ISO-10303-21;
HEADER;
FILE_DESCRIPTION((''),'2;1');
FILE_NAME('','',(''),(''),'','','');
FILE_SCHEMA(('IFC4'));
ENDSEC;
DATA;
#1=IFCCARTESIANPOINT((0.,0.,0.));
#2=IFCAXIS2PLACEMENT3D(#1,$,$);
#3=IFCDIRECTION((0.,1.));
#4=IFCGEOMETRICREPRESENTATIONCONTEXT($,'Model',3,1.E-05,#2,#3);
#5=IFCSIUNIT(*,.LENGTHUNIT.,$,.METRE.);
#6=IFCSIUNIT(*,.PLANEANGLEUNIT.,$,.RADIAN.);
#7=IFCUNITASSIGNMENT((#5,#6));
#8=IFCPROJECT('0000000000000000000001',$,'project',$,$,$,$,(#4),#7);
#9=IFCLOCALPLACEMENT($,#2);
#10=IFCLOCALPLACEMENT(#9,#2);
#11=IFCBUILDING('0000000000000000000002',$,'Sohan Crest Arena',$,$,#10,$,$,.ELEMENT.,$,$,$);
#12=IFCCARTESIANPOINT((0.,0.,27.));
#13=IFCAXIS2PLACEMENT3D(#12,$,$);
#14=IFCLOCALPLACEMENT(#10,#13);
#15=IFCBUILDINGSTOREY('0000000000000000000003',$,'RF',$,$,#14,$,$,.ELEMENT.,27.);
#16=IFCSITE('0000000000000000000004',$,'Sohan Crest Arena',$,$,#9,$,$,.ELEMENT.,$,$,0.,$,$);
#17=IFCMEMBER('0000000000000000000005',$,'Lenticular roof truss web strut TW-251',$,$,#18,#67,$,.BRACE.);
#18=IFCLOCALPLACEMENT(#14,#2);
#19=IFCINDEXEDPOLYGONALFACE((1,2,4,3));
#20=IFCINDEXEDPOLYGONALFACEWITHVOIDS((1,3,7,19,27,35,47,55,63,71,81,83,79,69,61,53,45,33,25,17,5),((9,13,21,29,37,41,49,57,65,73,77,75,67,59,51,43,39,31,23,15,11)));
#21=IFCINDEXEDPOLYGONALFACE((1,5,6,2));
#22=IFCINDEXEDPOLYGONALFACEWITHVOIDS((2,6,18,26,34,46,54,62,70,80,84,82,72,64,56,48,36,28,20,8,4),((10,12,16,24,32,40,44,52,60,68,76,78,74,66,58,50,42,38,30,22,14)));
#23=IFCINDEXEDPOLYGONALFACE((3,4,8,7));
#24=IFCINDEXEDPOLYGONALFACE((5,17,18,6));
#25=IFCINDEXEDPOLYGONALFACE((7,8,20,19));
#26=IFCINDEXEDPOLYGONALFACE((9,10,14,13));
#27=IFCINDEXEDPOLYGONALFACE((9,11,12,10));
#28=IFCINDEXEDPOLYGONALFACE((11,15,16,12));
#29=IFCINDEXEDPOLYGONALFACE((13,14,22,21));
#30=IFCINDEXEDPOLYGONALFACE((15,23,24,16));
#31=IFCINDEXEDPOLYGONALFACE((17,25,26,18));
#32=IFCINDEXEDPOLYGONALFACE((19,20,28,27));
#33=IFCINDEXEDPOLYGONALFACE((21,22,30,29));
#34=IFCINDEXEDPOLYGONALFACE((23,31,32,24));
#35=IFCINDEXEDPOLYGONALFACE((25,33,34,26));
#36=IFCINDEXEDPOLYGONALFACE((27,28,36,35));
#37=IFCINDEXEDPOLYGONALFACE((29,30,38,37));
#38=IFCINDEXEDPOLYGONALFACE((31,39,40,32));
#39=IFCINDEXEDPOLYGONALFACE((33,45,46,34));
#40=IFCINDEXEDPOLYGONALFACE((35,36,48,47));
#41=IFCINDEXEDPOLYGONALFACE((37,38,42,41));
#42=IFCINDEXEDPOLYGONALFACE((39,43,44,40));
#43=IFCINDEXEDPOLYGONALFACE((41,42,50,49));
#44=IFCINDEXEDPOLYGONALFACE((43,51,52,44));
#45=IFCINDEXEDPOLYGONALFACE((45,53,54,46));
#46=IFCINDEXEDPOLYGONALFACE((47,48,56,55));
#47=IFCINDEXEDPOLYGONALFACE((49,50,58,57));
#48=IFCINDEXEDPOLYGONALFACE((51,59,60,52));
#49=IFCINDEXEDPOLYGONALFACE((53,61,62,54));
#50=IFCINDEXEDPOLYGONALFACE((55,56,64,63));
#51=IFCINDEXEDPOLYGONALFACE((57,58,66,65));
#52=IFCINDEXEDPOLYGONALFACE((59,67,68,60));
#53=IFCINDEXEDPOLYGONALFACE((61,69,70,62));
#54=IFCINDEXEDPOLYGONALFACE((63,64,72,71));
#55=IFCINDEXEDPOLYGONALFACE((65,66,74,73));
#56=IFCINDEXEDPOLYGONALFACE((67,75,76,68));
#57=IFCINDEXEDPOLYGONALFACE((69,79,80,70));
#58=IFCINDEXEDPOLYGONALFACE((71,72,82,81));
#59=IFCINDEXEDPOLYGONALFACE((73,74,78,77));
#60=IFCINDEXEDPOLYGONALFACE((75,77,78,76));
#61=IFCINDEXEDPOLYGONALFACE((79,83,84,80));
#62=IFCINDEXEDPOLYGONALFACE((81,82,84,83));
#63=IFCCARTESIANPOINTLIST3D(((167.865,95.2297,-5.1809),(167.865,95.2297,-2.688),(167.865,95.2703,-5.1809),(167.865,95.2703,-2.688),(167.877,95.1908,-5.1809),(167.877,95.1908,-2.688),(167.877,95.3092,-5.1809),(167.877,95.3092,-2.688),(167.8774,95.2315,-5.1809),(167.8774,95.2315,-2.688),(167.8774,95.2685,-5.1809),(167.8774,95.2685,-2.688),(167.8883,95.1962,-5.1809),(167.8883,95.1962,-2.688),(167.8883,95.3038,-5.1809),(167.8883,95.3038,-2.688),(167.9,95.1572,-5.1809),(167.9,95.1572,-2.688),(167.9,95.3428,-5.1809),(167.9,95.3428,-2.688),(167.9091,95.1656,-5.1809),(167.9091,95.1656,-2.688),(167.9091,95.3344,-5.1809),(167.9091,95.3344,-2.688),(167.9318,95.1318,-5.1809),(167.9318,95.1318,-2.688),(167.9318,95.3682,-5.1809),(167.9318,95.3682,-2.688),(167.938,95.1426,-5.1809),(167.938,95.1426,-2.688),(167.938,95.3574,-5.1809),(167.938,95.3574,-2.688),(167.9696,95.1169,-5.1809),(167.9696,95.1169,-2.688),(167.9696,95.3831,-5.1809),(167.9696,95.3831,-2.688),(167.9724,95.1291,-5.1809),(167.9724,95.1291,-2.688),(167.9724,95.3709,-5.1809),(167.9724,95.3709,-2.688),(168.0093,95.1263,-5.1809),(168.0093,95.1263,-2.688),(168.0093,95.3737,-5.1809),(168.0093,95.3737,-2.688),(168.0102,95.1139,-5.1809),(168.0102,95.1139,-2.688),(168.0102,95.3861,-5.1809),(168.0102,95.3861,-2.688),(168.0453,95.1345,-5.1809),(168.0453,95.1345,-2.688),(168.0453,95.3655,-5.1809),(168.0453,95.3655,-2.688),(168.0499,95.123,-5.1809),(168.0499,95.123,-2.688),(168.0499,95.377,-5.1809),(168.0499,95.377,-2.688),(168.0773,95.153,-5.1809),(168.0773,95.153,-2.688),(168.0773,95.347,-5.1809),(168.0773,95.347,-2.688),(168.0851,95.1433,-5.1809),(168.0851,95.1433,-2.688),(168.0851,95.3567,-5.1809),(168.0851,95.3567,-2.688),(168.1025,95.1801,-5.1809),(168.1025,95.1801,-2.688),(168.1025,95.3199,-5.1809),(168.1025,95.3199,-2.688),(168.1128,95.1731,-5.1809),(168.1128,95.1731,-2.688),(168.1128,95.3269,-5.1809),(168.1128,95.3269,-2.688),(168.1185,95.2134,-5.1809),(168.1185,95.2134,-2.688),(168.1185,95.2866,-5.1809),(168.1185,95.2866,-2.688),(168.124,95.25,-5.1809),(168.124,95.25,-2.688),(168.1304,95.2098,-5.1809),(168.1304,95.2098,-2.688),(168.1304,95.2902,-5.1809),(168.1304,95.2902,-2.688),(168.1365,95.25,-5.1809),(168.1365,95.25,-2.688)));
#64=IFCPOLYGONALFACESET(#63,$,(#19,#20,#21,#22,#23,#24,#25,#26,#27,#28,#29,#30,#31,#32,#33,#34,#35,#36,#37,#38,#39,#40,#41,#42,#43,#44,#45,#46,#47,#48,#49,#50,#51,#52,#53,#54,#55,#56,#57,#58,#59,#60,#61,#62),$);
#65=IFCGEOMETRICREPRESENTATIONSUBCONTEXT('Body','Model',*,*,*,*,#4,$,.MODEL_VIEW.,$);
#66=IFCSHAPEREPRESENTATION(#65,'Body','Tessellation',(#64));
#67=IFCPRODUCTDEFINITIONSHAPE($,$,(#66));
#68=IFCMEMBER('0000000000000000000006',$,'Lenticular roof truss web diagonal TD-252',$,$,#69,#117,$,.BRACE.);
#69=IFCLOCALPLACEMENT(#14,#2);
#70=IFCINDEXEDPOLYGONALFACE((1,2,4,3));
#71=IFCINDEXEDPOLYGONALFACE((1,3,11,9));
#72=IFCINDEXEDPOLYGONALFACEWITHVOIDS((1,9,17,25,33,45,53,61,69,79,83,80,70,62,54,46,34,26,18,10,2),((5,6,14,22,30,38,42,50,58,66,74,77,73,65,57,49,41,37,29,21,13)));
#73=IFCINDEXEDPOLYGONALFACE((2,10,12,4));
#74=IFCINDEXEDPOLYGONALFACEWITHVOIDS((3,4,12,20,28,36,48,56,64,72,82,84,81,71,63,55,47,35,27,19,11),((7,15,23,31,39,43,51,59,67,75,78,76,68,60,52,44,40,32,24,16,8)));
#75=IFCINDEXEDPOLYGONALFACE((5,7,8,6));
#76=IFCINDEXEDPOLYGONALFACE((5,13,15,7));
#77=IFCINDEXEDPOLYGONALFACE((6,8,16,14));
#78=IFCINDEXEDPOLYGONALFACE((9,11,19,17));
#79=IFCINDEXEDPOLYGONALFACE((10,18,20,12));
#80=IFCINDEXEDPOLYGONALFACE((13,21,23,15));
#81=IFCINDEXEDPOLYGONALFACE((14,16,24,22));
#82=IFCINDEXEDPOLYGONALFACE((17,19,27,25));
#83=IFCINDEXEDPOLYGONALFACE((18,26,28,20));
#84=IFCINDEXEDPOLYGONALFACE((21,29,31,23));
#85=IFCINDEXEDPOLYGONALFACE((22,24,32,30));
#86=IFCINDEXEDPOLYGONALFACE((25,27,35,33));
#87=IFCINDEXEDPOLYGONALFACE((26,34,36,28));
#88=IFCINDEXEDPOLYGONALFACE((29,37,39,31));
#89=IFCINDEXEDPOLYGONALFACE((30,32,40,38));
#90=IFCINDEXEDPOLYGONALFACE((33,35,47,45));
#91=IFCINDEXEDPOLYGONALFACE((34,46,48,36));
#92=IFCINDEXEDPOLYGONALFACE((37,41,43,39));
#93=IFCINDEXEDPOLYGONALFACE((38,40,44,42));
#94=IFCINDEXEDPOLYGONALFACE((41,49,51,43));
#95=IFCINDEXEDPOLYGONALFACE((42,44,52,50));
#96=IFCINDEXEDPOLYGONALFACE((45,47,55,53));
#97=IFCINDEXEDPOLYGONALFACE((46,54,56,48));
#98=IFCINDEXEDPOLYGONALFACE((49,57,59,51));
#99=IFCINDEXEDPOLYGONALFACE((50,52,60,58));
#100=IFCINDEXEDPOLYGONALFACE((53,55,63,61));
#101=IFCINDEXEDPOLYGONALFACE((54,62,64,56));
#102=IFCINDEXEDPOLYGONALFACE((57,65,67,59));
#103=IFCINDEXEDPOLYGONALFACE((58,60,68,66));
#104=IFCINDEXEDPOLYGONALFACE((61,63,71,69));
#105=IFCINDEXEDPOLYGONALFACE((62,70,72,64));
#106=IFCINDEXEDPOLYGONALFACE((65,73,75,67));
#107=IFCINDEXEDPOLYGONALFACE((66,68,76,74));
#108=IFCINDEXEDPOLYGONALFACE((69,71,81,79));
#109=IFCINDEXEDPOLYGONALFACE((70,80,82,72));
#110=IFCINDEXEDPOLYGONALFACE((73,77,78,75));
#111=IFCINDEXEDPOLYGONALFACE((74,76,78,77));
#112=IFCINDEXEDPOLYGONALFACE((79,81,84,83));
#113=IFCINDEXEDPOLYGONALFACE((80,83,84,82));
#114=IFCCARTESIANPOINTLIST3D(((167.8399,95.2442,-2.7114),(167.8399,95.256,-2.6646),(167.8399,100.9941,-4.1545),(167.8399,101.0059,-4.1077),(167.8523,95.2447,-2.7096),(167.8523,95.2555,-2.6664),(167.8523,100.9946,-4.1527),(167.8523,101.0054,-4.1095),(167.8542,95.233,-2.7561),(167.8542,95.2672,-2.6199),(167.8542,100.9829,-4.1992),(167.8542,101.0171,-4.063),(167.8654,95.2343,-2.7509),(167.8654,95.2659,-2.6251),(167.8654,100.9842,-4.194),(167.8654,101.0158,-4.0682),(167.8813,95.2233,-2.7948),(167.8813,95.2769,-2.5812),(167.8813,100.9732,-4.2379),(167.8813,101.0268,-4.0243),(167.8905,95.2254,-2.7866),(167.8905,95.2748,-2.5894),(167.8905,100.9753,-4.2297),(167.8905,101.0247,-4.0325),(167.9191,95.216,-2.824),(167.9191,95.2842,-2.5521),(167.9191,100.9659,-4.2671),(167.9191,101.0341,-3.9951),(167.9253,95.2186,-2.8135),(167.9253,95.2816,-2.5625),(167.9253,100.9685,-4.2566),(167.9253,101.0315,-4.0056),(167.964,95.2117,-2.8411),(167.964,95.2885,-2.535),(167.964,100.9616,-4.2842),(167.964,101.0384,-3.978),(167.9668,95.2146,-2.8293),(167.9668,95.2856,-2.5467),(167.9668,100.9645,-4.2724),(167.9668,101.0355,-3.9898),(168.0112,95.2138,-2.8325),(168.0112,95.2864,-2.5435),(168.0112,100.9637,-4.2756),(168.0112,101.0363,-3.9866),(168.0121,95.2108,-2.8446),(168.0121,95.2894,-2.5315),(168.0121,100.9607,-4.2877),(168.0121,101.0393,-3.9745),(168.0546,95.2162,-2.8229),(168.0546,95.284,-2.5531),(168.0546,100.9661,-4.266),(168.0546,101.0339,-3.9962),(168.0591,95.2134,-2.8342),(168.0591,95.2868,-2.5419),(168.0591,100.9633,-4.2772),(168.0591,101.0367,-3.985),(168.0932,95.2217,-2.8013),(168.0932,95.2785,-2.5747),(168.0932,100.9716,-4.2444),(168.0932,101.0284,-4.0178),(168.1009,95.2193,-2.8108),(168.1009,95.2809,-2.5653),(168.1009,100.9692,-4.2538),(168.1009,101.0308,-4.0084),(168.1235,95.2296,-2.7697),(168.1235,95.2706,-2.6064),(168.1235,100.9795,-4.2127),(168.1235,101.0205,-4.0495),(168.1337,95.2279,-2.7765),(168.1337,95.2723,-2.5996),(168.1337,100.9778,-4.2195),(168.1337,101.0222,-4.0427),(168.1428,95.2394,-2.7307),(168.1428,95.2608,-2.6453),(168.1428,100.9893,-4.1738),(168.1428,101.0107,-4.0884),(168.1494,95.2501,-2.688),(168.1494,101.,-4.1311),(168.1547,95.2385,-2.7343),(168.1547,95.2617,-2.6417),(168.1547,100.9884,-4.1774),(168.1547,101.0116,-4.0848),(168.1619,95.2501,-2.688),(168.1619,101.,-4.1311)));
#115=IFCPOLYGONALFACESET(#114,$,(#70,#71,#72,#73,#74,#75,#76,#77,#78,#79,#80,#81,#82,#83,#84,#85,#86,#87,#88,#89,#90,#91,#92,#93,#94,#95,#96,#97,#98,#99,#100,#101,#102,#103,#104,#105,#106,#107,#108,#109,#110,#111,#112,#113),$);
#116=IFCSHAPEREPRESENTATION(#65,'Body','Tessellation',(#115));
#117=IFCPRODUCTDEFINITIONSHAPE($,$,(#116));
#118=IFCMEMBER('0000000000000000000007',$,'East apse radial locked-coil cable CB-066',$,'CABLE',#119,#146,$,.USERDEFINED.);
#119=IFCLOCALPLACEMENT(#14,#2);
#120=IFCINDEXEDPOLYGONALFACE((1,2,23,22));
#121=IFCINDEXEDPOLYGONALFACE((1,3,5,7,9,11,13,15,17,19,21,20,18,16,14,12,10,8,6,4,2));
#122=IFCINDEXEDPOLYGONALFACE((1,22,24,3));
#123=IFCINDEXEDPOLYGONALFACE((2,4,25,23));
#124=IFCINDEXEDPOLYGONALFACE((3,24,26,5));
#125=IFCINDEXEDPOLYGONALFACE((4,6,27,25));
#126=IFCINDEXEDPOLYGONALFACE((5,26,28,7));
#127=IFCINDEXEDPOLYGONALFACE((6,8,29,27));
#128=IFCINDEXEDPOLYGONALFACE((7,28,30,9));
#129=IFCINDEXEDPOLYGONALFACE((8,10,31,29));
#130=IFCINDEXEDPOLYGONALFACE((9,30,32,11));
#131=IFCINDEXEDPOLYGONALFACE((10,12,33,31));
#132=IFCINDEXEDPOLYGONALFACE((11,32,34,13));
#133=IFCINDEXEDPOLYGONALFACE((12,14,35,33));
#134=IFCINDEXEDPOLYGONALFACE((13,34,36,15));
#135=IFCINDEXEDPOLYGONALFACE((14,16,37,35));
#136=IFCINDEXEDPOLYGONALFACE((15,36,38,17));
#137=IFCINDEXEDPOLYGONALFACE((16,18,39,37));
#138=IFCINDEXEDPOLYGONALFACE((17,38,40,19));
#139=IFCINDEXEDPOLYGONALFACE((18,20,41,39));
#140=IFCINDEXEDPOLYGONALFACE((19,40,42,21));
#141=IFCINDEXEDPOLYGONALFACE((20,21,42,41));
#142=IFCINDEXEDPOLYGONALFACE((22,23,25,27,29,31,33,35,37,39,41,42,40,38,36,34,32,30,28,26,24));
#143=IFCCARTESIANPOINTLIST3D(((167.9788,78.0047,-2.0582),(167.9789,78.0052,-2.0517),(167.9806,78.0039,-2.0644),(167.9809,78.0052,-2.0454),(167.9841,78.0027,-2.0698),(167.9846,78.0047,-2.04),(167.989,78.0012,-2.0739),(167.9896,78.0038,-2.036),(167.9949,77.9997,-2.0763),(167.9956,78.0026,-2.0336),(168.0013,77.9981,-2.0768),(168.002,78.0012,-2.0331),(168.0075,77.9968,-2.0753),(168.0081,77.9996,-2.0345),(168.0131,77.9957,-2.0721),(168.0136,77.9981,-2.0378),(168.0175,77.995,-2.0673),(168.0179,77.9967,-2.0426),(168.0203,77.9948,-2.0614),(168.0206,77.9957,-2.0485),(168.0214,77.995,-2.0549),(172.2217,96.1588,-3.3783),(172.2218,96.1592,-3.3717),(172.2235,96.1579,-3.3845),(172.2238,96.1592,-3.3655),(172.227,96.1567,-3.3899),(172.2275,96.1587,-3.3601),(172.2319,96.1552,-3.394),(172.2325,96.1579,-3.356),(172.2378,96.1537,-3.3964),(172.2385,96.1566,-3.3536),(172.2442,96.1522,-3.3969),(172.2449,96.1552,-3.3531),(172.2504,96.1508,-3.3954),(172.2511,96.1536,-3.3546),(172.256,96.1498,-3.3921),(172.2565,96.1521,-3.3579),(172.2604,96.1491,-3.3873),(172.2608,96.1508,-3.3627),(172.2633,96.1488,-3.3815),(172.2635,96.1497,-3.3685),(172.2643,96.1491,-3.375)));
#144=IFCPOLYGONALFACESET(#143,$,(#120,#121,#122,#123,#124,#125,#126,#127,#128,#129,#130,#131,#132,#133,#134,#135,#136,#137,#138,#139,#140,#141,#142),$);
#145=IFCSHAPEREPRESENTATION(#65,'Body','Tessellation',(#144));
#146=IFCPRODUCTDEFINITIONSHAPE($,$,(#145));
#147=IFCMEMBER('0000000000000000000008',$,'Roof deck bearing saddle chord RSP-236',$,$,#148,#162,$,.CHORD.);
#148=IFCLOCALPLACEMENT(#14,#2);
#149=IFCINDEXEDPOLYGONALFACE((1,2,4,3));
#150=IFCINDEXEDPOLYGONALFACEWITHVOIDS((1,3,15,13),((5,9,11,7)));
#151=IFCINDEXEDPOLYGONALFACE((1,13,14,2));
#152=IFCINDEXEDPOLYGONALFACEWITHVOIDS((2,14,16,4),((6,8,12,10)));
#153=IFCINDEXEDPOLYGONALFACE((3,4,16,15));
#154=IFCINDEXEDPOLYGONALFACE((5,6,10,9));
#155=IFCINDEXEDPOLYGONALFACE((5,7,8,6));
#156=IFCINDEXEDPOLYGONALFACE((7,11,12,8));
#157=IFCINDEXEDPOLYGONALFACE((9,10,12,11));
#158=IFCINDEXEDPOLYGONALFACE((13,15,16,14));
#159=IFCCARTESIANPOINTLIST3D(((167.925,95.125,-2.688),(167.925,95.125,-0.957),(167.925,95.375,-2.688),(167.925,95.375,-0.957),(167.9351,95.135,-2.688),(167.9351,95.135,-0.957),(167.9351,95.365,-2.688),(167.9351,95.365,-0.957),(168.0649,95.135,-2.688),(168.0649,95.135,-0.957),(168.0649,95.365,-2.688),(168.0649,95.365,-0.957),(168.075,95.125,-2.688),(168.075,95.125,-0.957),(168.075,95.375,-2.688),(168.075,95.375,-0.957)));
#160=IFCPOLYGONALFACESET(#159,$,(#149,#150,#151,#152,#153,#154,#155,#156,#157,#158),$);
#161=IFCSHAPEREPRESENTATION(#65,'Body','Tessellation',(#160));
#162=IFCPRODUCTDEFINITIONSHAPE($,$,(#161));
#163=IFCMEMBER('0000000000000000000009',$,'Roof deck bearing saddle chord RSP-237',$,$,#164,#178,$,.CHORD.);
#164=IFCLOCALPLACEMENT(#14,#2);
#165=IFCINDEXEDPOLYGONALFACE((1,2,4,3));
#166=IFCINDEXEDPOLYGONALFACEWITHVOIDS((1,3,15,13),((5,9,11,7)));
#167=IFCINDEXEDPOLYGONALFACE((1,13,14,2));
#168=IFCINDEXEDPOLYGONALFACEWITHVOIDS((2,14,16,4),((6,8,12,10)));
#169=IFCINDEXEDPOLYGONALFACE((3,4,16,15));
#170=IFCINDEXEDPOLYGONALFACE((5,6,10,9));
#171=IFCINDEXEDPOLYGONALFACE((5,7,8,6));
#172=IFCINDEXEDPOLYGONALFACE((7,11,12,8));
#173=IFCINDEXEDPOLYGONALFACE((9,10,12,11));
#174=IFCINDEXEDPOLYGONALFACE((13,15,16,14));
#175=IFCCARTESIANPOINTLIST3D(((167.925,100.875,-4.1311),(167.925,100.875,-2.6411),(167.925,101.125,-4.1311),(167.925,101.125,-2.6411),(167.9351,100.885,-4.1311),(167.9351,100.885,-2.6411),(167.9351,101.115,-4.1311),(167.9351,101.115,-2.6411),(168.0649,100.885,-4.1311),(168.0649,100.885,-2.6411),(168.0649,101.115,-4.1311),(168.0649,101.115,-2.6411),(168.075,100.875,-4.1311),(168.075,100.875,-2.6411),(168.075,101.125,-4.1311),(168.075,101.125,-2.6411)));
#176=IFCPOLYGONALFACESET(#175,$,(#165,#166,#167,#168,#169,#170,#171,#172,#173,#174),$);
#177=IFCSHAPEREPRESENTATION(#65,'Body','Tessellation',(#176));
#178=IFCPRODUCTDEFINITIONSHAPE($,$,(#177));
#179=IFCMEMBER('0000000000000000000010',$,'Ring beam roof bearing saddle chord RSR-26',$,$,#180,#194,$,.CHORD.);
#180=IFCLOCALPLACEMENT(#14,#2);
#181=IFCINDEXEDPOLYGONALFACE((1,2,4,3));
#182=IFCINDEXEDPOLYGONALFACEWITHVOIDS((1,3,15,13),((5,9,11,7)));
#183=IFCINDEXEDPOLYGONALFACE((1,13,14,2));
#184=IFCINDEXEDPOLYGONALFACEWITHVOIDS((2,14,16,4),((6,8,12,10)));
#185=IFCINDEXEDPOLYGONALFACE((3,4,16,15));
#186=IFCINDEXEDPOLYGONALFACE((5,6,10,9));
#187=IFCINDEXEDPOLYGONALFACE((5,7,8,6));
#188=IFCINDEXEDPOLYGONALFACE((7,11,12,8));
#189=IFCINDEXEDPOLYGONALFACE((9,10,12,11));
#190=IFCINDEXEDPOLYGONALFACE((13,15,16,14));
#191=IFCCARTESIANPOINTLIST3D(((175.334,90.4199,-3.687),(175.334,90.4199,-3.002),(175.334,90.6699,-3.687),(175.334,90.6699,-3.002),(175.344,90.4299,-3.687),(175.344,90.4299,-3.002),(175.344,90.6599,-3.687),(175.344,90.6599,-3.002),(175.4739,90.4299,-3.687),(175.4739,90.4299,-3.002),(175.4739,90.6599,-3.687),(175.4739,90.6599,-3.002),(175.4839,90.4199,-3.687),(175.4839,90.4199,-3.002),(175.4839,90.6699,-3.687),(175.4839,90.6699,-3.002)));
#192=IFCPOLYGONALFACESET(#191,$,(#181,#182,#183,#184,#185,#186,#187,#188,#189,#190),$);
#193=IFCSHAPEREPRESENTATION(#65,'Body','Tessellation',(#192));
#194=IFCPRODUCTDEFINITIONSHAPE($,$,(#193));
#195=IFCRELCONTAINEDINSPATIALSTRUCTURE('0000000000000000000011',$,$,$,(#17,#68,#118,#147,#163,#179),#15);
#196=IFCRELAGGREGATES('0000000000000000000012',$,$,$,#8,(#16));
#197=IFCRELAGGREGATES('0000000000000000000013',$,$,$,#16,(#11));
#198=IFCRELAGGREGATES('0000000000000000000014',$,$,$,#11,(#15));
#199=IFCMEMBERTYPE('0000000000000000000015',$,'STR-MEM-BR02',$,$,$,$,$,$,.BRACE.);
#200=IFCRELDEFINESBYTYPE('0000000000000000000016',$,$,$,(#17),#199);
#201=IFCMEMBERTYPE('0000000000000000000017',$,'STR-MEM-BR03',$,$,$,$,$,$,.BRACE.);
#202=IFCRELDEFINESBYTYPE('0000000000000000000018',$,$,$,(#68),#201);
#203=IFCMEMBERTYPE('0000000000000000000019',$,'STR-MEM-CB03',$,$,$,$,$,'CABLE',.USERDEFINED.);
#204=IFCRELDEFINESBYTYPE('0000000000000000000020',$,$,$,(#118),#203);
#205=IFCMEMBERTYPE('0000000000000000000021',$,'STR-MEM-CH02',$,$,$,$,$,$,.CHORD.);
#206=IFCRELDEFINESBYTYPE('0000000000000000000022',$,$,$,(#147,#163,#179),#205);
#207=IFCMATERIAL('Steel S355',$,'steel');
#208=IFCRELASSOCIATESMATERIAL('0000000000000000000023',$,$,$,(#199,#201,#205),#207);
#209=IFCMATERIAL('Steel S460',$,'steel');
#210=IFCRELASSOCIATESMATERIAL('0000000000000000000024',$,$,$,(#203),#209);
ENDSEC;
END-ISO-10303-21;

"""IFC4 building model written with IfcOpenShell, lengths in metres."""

from ifc_helpers import new_model, si_unit, direction, frame, origin, origin_2d, place, context, subcontext, project, spatial, hollow_rectangle, circle, hollow_circle, extrude, material, material_profile, profile_set, type_object, element, save


model = new_model("IFC4")

# Units and contexts
model_context = context("Model", 3, precision=1e-05, world=origin(), true_north=direction((0.0, 1.0)))
body_context = subcontext(model_context, "Body", "Model", "MODEL_VIEW")
ifc_project = project(units=[si_unit("LENGTHUNIT", "METRE"), si_unit("PLANEANGLEUNIT", "RADIAN")], contexts=[model_context])

# Site, building, storey
site_placement = place(None, origin())
site = spatial("IfcSite", under=ifc_project, at=site_placement, Name="Sohan Crest Arena", CompositionType="ELEMENT", RefElevation=0.0)
building_placement = place(site_placement, origin())
building = spatial("IfcBuilding", under=site, at=building_placement, Name="Sohan Crest Arena", CompositionType="ELEMENT")
storey_placement = place(building_placement, frame((0.0, 0.0, 27.0)))
storey = spatial("IfcBuildingStorey", under=building, at=storey_placement, Name="RF", CompositionType="ELEMENT", Elevation=27.0)

# Shared definitions
ifc_material_1 = material(Name="Steel S355", Category="steel")

# Members
ifc_material_profile_1 = material_profile(ifc_material_1, hollow_circle(Radius=0.1365, WallThickness=0.0125, at=origin_2d()), Name="CHS 273x12.5")
ifc_profile_set_1 = profile_set([ifc_material_profile_1], Name="Steel S355")
member_type_1 = type_object("IfcMemberType", Name="STR-MEM-BR02", PredefinedType="BRACE", material=ifc_profile_set_1)
member_1_placement = place(storey_placement, frame((168.0, 95.25, -5.1809), z_axis=(0.0, 0.0, 1.0), x_axis=(1.0, 0.0, 0.0)))
element("IfcMember", 1, at=member_1_placement, inside=storey, type_object=member_type_1, Name="Lenticular roof truss web strut TW-251", PredefinedType="BRACE", context=body_context, shape_type="SweptSolid", body=[
    extrude(hollow_circle(Radius=0.1365, WallThickness=0.0125, at=origin_2d()), origin(), (0.0, 0.0, 1.0), 2.4929),
])
ifc_material_profile_2 = material_profile(ifc_material_1, hollow_circle(Radius=0.1619, WallThickness=0.0125, at=origin_2d()), Name="CHS 323.9x12.5")
ifc_profile_set_2 = profile_set([ifc_material_profile_2], Name="Steel S355")
member_type_2 = type_object("IfcMemberType", Name="STR-MEM-BR03", PredefinedType="BRACE", material=ifc_profile_set_2)
member_2_placement = place(storey_placement, frame((168.0, 101.0, -4.1311), z_axis=(0.0, -0.969919, 0.243427), x_axis=(1.0, 0.0, 0.0)))
element("IfcMember", 2, at=member_2_placement, inside=storey, type_object=member_type_2, Name="Lenticular roof truss web diagonal TD-252", PredefinedType="BRACE", context=body_context, shape_type="SweptSolid", body=[
    extrude(hollow_circle(Radius=0.1619, WallThickness=0.0125, at=origin_2d()), origin(), (0.0, 0.0, 1.0), 5.9282),
])
ifc_material_2 = material(Name="Steel S460", Category="steel")
ifc_material_profile_3 = material_profile(ifc_material_2, circle(Radius=0.022, at=origin_2d()), Name="FLC D44")
ifc_profile_set_3 = profile_set([ifc_material_profile_3], Name="Steel S460")
member_type_3 = type_object("IfcMemberType", Name="STR-MEM-CB03", ElementType="CABLE", PredefinedType="USERDEFINED", material=ifc_profile_set_3)
member_3_placement = place(storey_placement, frame((172.2429, 96.1541, -3.375), z_axis=(-0.227016, -0.971326, 0.07063), x_axis=(0.973758, -0.227584, 0.0)))
element("IfcMember", 3, at=member_3_placement, inside=storey, type_object=member_type_3, Name="East apse radial locked-coil cable CB-066", ObjectType="CABLE", PredefinedType="USERDEFINED", context=body_context, shape_type="SweptSolid", body=[
    extrude(circle(Radius=0.022, at=origin_2d()), origin(), (0.0, 0.0, 1.0), 18.6899),
])
ifc_material_profile_4 = material_profile(ifc_material_1, hollow_rectangle(XDim=0.1499, YDim=0.25, WallThickness=0.01, at=origin_2d()), Name="RHS 250x150x10")
ifc_profile_set_4 = profile_set([ifc_material_profile_4], Name="Steel S355")
member_type_4 = type_object("IfcMemberType", Name="STR-MEM-CH02", PredefinedType="CHORD", material=ifc_profile_set_4)
member_4_placement = place(storey_placement, frame((168.0, 95.25, -2.688), z_axis=(0.0, 0.0, 1.0), x_axis=(1.0, 0.0, 0.0)))
element("IfcMember", 4, at=member_4_placement, inside=storey, type_object=member_type_4, Name="Roof deck bearing saddle chord RSP-236", PredefinedType="CHORD", context=body_context, shape_type="SweptSolid", body=[
    extrude(hollow_rectangle(XDim=0.1499, YDim=0.25, WallThickness=0.01, at=origin_2d()), origin(), (0.0, 0.0, 1.0), 1.731),
])
member_5_placement = place(storey_placement, frame((168.0, 101.0, -4.1311), z_axis=(0.0, 0.0, 1.0), x_axis=(1.0, 0.0, 0.0)))
element("IfcMember", 5, at=member_5_placement, inside=storey, type_object=member_type_4, Name="Roof deck bearing saddle chord RSP-237", PredefinedType="CHORD", context=body_context, shape_type="SweptSolid", body=[
    extrude(hollow_rectangle(XDim=0.1499, YDim=0.25, WallThickness=0.01, at=origin_2d()), origin(), (0.0, 0.0, 1.0), 1.49),
])
member_6_placement = place(storey_placement, frame((175.4089, 90.5449, -3.687), z_axis=(0.0, 0.0, 1.0), x_axis=(1.0, 0.0, 0.0)))
element("IfcMember", 6, at=member_6_placement, inside=storey, type_object=member_type_4, Name="Ring beam roof bearing saddle chord RSR-26", PredefinedType="CHORD", context=body_context, shape_type="SweptSolid", body=[
    extrude(hollow_rectangle(XDim=0.1499, YDim=0.25, WallThickness=0.01, at=origin_2d()), origin(), (0.0, 0.0, 1.0), 0.6851),
])

save(model, "model.ifc")
